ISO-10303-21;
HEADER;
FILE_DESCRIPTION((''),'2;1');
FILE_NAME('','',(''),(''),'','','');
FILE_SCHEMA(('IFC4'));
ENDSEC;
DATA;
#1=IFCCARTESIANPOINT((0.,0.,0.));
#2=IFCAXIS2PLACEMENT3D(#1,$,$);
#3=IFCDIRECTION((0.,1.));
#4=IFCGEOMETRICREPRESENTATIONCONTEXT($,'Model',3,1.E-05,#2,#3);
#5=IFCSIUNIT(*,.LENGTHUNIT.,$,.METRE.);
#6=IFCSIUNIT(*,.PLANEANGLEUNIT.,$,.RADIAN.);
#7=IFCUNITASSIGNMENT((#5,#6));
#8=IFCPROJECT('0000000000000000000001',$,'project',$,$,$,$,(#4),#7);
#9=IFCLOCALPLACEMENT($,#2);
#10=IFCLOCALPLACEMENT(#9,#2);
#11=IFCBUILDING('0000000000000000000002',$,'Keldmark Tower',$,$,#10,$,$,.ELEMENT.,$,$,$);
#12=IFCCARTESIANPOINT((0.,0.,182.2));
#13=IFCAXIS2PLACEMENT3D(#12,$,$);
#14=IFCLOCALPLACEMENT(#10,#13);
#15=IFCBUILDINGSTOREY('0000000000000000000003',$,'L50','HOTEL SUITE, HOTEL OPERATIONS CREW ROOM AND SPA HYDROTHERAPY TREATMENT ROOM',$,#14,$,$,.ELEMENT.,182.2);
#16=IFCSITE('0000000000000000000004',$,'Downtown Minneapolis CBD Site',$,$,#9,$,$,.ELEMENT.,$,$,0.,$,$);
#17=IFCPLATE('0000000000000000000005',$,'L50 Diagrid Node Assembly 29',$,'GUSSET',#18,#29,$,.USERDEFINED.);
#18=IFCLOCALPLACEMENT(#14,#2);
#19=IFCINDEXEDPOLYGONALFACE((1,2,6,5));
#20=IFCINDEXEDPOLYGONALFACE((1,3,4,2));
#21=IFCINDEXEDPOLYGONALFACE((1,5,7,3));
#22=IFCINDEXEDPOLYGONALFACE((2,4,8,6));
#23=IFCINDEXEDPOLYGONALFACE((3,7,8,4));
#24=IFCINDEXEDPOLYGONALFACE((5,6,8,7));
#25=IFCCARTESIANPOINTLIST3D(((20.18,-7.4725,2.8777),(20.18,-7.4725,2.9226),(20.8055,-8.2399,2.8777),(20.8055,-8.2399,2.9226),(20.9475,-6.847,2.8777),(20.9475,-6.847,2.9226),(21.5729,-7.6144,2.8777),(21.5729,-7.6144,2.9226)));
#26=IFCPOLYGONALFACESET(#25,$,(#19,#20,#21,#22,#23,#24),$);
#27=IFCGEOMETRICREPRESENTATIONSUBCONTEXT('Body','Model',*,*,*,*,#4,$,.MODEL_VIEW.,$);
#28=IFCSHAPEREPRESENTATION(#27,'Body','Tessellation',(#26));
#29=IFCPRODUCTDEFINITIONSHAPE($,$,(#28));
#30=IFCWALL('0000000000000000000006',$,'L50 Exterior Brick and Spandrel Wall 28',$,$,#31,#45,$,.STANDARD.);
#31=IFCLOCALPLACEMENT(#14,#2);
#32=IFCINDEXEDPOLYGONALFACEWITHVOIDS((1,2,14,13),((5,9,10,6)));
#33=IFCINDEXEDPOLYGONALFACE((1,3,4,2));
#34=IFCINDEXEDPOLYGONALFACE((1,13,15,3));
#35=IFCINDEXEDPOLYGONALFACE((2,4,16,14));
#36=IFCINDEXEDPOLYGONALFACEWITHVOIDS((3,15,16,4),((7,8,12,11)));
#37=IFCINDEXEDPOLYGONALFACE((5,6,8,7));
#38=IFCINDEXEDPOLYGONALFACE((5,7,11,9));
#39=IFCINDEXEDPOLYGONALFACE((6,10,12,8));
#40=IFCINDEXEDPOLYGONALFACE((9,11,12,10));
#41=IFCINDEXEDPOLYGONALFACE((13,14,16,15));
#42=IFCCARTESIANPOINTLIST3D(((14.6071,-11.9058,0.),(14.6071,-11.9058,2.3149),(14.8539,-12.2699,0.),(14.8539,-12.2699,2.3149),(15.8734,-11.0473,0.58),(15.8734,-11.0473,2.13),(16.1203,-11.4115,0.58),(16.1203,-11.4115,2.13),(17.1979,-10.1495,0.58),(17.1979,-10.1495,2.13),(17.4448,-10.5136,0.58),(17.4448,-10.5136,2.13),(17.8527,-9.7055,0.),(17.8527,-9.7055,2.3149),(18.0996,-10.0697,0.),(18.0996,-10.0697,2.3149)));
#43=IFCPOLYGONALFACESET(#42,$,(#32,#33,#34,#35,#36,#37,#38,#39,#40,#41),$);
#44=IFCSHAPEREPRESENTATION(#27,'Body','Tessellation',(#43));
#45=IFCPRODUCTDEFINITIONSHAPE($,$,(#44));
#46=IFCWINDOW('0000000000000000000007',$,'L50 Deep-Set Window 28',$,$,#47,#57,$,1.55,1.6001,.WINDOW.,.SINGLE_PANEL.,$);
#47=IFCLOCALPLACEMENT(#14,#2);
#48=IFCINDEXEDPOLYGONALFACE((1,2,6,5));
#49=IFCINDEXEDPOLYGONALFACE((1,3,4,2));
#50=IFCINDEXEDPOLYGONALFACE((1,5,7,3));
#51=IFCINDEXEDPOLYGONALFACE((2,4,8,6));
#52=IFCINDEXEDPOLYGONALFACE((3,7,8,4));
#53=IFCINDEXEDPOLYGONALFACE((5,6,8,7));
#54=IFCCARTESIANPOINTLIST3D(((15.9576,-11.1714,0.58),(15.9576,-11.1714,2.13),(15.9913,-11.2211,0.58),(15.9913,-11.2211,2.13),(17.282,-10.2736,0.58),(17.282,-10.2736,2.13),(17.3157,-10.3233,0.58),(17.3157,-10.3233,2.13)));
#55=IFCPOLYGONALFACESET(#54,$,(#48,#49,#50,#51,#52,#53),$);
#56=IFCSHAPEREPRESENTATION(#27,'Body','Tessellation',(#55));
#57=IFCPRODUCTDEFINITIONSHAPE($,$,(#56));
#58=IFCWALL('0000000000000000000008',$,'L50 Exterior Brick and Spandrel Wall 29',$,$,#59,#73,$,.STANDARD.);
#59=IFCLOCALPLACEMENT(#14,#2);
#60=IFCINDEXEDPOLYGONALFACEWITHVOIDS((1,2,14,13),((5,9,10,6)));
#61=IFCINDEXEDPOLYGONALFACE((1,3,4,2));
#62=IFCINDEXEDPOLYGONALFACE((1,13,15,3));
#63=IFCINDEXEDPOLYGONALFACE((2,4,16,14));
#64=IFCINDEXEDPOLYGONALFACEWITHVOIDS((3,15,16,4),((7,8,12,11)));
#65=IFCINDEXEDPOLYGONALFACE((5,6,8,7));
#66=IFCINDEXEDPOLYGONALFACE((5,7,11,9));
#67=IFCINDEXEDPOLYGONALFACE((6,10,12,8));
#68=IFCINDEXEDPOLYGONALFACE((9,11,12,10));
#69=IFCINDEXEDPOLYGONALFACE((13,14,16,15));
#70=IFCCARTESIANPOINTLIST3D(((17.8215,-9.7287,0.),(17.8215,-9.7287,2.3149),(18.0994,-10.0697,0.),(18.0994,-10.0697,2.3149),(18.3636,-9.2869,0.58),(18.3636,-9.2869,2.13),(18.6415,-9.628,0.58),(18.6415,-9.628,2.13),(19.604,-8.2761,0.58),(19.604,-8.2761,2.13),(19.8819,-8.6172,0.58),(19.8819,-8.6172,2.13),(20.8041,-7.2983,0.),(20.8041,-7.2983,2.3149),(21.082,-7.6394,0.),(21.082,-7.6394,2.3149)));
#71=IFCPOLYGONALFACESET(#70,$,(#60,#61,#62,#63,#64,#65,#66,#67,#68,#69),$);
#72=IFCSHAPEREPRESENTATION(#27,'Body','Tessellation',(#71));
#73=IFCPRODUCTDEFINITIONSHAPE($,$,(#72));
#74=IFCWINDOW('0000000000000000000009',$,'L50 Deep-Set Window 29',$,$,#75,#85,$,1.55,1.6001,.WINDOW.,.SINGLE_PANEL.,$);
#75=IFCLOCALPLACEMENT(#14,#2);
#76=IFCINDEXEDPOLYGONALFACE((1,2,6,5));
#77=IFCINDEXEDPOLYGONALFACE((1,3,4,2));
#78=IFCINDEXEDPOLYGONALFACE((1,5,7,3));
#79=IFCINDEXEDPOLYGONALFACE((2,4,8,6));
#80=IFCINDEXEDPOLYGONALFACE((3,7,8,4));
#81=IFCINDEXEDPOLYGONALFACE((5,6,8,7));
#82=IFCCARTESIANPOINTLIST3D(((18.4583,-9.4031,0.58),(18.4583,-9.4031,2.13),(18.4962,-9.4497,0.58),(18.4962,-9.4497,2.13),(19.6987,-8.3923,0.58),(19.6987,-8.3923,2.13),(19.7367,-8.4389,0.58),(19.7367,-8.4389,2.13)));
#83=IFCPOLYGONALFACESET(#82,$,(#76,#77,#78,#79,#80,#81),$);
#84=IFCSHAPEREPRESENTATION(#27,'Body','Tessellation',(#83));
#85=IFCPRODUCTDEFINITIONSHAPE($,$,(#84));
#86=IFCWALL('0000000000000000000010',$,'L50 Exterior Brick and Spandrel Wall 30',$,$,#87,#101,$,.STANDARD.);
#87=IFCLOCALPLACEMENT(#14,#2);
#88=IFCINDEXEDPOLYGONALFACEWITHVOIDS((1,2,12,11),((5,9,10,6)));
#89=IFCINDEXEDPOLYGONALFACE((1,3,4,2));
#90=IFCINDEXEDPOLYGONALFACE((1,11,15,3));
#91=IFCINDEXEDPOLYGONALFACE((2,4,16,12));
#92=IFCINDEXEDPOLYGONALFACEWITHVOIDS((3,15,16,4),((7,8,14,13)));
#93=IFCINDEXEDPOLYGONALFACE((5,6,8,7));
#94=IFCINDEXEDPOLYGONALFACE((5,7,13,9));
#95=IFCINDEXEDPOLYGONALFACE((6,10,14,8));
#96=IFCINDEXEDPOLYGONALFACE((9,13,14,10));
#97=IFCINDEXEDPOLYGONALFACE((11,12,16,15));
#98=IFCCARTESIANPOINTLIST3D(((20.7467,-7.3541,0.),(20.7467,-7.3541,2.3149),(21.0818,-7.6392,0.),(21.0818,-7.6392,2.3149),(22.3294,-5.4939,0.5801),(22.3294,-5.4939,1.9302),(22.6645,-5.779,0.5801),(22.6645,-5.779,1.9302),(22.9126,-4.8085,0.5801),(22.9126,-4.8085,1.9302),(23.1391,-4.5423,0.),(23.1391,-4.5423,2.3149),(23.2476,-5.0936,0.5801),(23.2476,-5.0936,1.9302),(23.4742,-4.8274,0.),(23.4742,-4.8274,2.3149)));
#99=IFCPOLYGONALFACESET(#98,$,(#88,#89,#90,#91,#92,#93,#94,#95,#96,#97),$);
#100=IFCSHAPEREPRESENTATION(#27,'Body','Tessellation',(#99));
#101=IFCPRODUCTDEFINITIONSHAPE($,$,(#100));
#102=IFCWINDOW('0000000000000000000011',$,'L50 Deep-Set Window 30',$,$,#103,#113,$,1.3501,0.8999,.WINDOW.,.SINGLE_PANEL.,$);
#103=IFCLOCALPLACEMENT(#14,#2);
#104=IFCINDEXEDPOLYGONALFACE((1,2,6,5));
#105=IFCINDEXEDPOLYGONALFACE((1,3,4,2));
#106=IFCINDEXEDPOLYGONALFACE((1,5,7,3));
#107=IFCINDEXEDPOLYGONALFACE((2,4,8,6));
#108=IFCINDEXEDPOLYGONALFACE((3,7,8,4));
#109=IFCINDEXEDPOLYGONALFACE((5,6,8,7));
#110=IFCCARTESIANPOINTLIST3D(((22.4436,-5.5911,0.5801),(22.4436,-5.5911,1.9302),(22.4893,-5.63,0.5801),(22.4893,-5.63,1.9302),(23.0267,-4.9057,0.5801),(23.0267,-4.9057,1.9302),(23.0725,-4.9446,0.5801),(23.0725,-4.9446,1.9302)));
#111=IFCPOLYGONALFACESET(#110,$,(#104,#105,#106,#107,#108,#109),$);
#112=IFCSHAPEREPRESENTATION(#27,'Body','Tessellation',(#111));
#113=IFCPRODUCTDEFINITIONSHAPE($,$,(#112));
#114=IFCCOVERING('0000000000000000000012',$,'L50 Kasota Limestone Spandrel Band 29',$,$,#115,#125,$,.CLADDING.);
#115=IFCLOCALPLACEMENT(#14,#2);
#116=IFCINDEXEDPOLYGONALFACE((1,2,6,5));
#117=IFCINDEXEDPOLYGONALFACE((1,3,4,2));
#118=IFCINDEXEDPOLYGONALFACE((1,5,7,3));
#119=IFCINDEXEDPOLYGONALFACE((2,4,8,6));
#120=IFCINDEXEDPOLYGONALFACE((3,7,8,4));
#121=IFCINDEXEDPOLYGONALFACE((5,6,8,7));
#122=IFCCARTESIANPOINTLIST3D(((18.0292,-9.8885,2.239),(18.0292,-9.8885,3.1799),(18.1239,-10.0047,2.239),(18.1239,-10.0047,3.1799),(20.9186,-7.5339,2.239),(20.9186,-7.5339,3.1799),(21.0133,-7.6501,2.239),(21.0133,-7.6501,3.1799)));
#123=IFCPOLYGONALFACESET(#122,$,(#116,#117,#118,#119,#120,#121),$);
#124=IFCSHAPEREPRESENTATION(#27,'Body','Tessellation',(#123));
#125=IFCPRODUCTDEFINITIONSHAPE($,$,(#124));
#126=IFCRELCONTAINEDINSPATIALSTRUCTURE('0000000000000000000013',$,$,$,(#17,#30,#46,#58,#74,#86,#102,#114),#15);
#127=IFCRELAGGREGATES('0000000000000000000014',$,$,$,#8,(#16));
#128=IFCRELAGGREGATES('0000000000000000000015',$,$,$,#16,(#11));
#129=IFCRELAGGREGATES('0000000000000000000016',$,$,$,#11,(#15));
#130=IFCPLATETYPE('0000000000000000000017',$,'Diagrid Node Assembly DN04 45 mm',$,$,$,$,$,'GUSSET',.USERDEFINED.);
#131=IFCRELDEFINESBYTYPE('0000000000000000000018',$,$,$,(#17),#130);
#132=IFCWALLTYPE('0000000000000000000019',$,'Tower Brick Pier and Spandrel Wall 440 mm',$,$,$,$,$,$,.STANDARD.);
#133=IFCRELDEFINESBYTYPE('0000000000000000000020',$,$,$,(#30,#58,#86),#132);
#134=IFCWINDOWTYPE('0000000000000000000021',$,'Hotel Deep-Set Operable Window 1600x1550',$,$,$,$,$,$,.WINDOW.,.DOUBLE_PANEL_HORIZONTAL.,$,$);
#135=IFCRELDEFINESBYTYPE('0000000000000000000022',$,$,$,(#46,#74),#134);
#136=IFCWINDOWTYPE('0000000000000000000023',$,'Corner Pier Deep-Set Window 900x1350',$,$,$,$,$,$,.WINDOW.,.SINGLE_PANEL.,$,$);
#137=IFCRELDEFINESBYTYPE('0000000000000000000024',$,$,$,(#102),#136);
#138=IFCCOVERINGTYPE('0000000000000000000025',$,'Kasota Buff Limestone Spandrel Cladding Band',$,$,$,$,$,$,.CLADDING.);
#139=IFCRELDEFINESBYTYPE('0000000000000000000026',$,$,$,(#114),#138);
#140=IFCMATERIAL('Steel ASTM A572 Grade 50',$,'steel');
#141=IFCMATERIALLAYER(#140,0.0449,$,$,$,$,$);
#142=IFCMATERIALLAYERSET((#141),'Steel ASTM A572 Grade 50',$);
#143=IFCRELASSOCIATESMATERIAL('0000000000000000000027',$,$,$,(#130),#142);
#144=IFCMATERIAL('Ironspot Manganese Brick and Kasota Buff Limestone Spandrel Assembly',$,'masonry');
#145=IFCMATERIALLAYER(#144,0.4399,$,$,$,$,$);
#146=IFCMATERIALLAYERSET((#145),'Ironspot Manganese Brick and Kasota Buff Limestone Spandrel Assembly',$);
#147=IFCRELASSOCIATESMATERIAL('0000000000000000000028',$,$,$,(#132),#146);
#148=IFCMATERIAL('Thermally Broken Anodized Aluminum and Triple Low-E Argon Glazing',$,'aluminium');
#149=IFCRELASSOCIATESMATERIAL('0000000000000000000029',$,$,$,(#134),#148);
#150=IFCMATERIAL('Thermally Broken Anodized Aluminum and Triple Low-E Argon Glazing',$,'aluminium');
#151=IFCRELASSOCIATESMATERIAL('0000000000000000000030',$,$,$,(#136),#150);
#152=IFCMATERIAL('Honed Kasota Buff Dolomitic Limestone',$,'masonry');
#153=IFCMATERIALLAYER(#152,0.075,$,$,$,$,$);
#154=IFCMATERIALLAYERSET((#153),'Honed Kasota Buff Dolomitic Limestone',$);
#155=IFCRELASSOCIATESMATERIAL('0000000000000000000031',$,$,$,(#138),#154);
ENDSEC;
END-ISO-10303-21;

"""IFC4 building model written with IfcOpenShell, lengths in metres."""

from ifc_helpers import new_model, si_unit, direction, frame, frame_2d, origin, origin_2d, place, context, subcontext, project, spatial, rectangle, extrude, material, layer, layer_set, type_object, element, fill, save


model = new_model("IFC4")

# Units and contexts
model_context = context("Model", 3, precision=1e-05, world=origin(), true_north=direction((0.0, 1.0)))
body_context = subcontext(model_context, "Body", "Model", "MODEL_VIEW")
ifc_project = project(units=[si_unit("LENGTHUNIT", "METRE"), si_unit("PLANEANGLEUNIT", "RADIAN")], contexts=[model_context])

# Site, building, storey
site_placement = place(None, origin())
site = spatial("IfcSite", under=ifc_project, at=site_placement, Name="Downtown Minneapolis CBD Site", CompositionType="ELEMENT", RefElevation=0.0)
building_placement = place(site_placement, origin())
building = spatial("IfcBuilding", under=site, at=building_placement, Name="Keldmark Tower", CompositionType="ELEMENT")
storey_placement = place(building_placement, frame((0.0, 0.0, 182.2)))
storey = spatial("IfcBuildingStorey", under=building, at=storey_placement, Name="L50", Description="HOTEL SUITE, HOTEL OPERATIONS CREW ROOM AND SPA HYDROTHERAPY TREATMENT ROOM", CompositionType="ELEMENT", Elevation=182.2)

# Plate
ifc_material_1 = material(Name="Steel ASTM A572 Grade 50", Category="steel")
ifc_layer_1 = layer(ifc_material_1, 0.0449)
ifc_layer_set_1 = layer_set([ifc_layer_1], Name="Steel ASTM A572 Grade 50")
plate_type = type_object("IfcPlateType", Name="Diagrid Node Assembly DN04 45 mm", ElementType="GUSSET", PredefinedType="USERDEFINED", material=ifc_layer_set_1)
plate_placement = place(storey_placement, frame((20.8765, -7.5435, 2.8777), z_axis=(0.0, 0.0, 1.0), x_axis=(0.775165, 0.631759, 0.0)))
element("IfcPlate", 1, at=plate_placement, inside=storey, type_object=plate_type, Name="L50 Diagrid Node Assembly 29", ObjectType="GUSSET", PredefinedType="USERDEFINED", context=body_context, shape_type="SweptSolid", body=[
    extrude(rectangle(XDim=0.99, YDim=0.99, at=origin_2d()), origin(), (0.0, 0.0, 1.0), 0.0449),
])

# Walls, openings, windows
ifc_material_2 = material(Name="Ironspot Manganese Brick and Kasota Buff Limestone Spandrel Assembly", Category="masonry")
ifc_layer_2 = layer(ifc_material_2, 0.4399)
ifc_layer_set_2 = layer_set([ifc_layer_2], Name="Ironspot Manganese Brick and Kasota Buff Limestone Spandrel Assembly")
wall_type = type_object("IfcWallType", Name="Tower Brick Pier and Spandrel Wall 440 mm", PredefinedType="STANDARD", material=ifc_layer_set_2)
wall_1_placement = place(storey_placement, frame((17.9761, -9.8877, 0.0), z_axis=(0.0, 0.0, 1.0), x_axis=(-0.827734, -0.561121, 0.0)))
wall_1 = element("IfcWall", 2, at=wall_1_placement, inside=storey, type_object=wall_type, Name="L50 Exterior Brick and Spandrel Wall 28", PredefinedType="STANDARD", context=body_context, shape_type="SweptSolid", body=[
    extrude(rectangle(XDim=3.9211, YDim=0.4399, at=frame_2d((1.9604, 0.0))), origin(), (0.0, 0.0, 1.0), 2.3149),
])
opening_1_placement = place(wall_1_placement, frame((0.791, 0.0, 0.5801)))
opening_1 = element("IfcOpeningElement", 3, at=opening_1_placement, cuts=wall_1, PredefinedType="OPENING", context=body_context, shape_type="SweptSolid", body=[
    extrude(rectangle(XDim=1.6001, YDim=1.55, at=frame_2d((0.8, 0.7749))), frame((0.0, 0.23, 0.0), z_axis=(0.0, -1.0, 0.0), x_axis=(1.0, 0.0, 0.0)), (0.0, 0.0, 1.0), 0.46),
])
ifc_material_3 = material(Name="Thermally Broken Anodized Aluminum and Triple Low-E Argon Glazing", Category="aluminium")
window_type_1 = type_object("IfcWindowType", Name="Hotel Deep-Set Operable Window 1600x1550", PartitioningType="DOUBLE_PANEL_HORIZONTAL", PredefinedType="WINDOW", material=ifc_material_3)
window_1_placement = place(opening_1_placement, origin())
window_1 = element("IfcWindow", 4, at=window_1_placement, inside=storey, type_object=window_type_1, Name="L50 Deep-Set Window 28", OverallHeight=1.55, OverallWidth=1.6001, PartitioningType="SINGLE_PANEL", PredefinedType="WINDOW", context=body_context, shape_type="SweptSolid", body=[
    extrude(rectangle(XDim=1.6001, YDim=1.55, at=frame_2d((0.8, 0.7749))), frame((0.0, -0.01, 0.0), z_axis=(0.0, -1.0, 0.0), x_axis=(1.0, 0.0, 0.0)), (0.0, 0.0, 1.0), 0.0601),
])
fill(opening_1, window_1)
wall_2_placement = place(storey_placement, frame((20.9431, -7.4688, 0.0), z_axis=(0.0, 0.0, 1.0), x_axis=(-0.775222, -0.631688, 0.0)))
wall_2 = element("IfcWall", 5, at=wall_2_placement, inside=storey, type_object=wall_type, Name="L50 Exterior Brick and Spandrel Wall 29", PredefinedType="STANDARD", context=body_context, shape_type="SweptSolid", body=[
    extrude(rectangle(XDim=3.8474, YDim=0.4399, at=frame_2d((1.9238, 0.0))), origin(), (0.0, 0.0, 1.0), 2.3149),
])
opening_2_placement = place(wall_2_placement, frame((1.5481, 0.0, 0.5801)))
opening_2 = element("IfcOpeningElement", 6, at=opening_2_placement, cuts=wall_2, PredefinedType="OPENING", context=body_context, shape_type="SweptSolid", body=[
    extrude(rectangle(XDim=1.6001, YDim=1.55, at=frame_2d((0.8, 0.7749))), frame((0.0, 0.23, 0.0), z_axis=(0.0, -1.0, 0.0), x_axis=(1.0, 0.0, 0.0)), (0.0, 0.0, 1.0), 0.46),
])
window_2_placement = place(opening_2_placement, origin())
window_2 = element("IfcWindow", 7, at=window_2_placement, inside=storey, type_object=window_type_1, Name="L50 Deep-Set Window 29", OverallHeight=1.55, OverallWidth=1.6001, PartitioningType="SINGLE_PANEL", PredefinedType="WINDOW", context=body_context, shape_type="SweptSolid", body=[
    extrude(rectangle(XDim=1.6001, YDim=1.55, at=frame_2d((0.8, 0.7749))), frame((0.0, -0.01, 0.0), z_axis=(0.0, -1.0, 0.0), x_axis=(1.0, 0.0, 0.0)), (0.0, 0.0, 1.0), 0.0601),
])
fill(opening_2, window_2)
wall_3_placement = place(storey_placement, frame((23.3066, -4.6848, 0.0), z_axis=(0.0, 0.0, 1.0), x_axis=(-0.648015, -0.761628, 0.0)))
wall_3 = element("IfcWall", 8, at=wall_3_placement, inside=storey, type_object=wall_type, Name="L50 Exterior Brick and Spandrel Wall 30", PredefinedType="STANDARD", context=body_context, shape_type="SweptSolid", body=[
    extrude(rectangle(XDim=3.6919, YDim=0.4399, at=frame_2d((1.8459, 0.0))), origin(), (0.0, 0.0, 1.0), 2.3149),
])
opening_3_placement = place(wall_3_placement, frame((0.3496, 0.0, 0.5801)))
opening_3 = element("IfcOpeningElement", 9, at=opening_3_placement, cuts=wall_3, PredefinedType="OPENING", context=body_context, shape_type="SweptSolid", body=[
    extrude(rectangle(XDim=0.8999, YDim=1.3501, at=frame_2d((0.45, 0.675))), frame((0.0, 0.23, 0.0), z_axis=(0.0, -1.0, 0.0), x_axis=(1.0, 0.0, 0.0)), (0.0, 0.0, 1.0), 0.46),
])
ifc_material_4 = material(Name="Thermally Broken Anodized Aluminum and Triple Low-E Argon Glazing", Category="aluminium")
window_type_2 = type_object("IfcWindowType", Name="Corner Pier Deep-Set Window 900x1350", PartitioningType="SINGLE_PANEL", PredefinedType="WINDOW", material=ifc_material_4)
window_3_placement = place(opening_3_placement, origin())
window_3 = element("IfcWindow", 10, at=window_3_placement, inside=storey, type_object=window_type_2, Name="L50 Deep-Set Window 30", OverallHeight=1.3501, OverallWidth=0.8999, PartitioningType="SINGLE_PANEL", PredefinedType="WINDOW", context=body_context, shape_type="SweptSolid", body=[
    extrude(rectangle(XDim=0.8999, YDim=1.3501, at=frame_2d((0.45, 0.675))), frame((0.0, -0.01, 0.0), z_axis=(0.0, -1.0, 0.0), x_axis=(1.0, 0.0, 0.0)), (0.0, 0.0, 1.0), 0.0601),
])
fill(opening_3, window_3)

# Covering
ifc_material_5 = material(Name="Honed Kasota Buff Dolomitic Limestone", Category="masonry")
ifc_layer_3 = layer(ifc_material_5, 0.075)
ifc_layer_set_3 = layer_set([ifc_layer_3], Name="Honed Kasota Buff Dolomitic Limestone")
covering_type = type_object("IfcCoveringType", Name="Kasota Buff Limestone Spandrel Cladding Band", PredefinedType="CLADDING", material=ifc_layer_set_3)
covering_placement = place(storey_placement, frame((19.5212, -8.7693, 2.239), z_axis=(0.0, 0.0, 1.0), x_axis=(0.775198, 0.631718, 0.0)))
element("IfcCovering", 11, at=covering_placement, inside=storey, type_object=covering_type, Name="L50 Kasota Limestone Spandrel Band 29", PredefinedType="CLADDING", context=body_context, shape_type="SweptSolid", body=[
    extrude(rectangle(XDim=3.7273, YDim=0.1499, at=origin_2d()), origin(), (0.0, 0.0, 1.0), 0.9409),
])

save(model, "model.ifc")
